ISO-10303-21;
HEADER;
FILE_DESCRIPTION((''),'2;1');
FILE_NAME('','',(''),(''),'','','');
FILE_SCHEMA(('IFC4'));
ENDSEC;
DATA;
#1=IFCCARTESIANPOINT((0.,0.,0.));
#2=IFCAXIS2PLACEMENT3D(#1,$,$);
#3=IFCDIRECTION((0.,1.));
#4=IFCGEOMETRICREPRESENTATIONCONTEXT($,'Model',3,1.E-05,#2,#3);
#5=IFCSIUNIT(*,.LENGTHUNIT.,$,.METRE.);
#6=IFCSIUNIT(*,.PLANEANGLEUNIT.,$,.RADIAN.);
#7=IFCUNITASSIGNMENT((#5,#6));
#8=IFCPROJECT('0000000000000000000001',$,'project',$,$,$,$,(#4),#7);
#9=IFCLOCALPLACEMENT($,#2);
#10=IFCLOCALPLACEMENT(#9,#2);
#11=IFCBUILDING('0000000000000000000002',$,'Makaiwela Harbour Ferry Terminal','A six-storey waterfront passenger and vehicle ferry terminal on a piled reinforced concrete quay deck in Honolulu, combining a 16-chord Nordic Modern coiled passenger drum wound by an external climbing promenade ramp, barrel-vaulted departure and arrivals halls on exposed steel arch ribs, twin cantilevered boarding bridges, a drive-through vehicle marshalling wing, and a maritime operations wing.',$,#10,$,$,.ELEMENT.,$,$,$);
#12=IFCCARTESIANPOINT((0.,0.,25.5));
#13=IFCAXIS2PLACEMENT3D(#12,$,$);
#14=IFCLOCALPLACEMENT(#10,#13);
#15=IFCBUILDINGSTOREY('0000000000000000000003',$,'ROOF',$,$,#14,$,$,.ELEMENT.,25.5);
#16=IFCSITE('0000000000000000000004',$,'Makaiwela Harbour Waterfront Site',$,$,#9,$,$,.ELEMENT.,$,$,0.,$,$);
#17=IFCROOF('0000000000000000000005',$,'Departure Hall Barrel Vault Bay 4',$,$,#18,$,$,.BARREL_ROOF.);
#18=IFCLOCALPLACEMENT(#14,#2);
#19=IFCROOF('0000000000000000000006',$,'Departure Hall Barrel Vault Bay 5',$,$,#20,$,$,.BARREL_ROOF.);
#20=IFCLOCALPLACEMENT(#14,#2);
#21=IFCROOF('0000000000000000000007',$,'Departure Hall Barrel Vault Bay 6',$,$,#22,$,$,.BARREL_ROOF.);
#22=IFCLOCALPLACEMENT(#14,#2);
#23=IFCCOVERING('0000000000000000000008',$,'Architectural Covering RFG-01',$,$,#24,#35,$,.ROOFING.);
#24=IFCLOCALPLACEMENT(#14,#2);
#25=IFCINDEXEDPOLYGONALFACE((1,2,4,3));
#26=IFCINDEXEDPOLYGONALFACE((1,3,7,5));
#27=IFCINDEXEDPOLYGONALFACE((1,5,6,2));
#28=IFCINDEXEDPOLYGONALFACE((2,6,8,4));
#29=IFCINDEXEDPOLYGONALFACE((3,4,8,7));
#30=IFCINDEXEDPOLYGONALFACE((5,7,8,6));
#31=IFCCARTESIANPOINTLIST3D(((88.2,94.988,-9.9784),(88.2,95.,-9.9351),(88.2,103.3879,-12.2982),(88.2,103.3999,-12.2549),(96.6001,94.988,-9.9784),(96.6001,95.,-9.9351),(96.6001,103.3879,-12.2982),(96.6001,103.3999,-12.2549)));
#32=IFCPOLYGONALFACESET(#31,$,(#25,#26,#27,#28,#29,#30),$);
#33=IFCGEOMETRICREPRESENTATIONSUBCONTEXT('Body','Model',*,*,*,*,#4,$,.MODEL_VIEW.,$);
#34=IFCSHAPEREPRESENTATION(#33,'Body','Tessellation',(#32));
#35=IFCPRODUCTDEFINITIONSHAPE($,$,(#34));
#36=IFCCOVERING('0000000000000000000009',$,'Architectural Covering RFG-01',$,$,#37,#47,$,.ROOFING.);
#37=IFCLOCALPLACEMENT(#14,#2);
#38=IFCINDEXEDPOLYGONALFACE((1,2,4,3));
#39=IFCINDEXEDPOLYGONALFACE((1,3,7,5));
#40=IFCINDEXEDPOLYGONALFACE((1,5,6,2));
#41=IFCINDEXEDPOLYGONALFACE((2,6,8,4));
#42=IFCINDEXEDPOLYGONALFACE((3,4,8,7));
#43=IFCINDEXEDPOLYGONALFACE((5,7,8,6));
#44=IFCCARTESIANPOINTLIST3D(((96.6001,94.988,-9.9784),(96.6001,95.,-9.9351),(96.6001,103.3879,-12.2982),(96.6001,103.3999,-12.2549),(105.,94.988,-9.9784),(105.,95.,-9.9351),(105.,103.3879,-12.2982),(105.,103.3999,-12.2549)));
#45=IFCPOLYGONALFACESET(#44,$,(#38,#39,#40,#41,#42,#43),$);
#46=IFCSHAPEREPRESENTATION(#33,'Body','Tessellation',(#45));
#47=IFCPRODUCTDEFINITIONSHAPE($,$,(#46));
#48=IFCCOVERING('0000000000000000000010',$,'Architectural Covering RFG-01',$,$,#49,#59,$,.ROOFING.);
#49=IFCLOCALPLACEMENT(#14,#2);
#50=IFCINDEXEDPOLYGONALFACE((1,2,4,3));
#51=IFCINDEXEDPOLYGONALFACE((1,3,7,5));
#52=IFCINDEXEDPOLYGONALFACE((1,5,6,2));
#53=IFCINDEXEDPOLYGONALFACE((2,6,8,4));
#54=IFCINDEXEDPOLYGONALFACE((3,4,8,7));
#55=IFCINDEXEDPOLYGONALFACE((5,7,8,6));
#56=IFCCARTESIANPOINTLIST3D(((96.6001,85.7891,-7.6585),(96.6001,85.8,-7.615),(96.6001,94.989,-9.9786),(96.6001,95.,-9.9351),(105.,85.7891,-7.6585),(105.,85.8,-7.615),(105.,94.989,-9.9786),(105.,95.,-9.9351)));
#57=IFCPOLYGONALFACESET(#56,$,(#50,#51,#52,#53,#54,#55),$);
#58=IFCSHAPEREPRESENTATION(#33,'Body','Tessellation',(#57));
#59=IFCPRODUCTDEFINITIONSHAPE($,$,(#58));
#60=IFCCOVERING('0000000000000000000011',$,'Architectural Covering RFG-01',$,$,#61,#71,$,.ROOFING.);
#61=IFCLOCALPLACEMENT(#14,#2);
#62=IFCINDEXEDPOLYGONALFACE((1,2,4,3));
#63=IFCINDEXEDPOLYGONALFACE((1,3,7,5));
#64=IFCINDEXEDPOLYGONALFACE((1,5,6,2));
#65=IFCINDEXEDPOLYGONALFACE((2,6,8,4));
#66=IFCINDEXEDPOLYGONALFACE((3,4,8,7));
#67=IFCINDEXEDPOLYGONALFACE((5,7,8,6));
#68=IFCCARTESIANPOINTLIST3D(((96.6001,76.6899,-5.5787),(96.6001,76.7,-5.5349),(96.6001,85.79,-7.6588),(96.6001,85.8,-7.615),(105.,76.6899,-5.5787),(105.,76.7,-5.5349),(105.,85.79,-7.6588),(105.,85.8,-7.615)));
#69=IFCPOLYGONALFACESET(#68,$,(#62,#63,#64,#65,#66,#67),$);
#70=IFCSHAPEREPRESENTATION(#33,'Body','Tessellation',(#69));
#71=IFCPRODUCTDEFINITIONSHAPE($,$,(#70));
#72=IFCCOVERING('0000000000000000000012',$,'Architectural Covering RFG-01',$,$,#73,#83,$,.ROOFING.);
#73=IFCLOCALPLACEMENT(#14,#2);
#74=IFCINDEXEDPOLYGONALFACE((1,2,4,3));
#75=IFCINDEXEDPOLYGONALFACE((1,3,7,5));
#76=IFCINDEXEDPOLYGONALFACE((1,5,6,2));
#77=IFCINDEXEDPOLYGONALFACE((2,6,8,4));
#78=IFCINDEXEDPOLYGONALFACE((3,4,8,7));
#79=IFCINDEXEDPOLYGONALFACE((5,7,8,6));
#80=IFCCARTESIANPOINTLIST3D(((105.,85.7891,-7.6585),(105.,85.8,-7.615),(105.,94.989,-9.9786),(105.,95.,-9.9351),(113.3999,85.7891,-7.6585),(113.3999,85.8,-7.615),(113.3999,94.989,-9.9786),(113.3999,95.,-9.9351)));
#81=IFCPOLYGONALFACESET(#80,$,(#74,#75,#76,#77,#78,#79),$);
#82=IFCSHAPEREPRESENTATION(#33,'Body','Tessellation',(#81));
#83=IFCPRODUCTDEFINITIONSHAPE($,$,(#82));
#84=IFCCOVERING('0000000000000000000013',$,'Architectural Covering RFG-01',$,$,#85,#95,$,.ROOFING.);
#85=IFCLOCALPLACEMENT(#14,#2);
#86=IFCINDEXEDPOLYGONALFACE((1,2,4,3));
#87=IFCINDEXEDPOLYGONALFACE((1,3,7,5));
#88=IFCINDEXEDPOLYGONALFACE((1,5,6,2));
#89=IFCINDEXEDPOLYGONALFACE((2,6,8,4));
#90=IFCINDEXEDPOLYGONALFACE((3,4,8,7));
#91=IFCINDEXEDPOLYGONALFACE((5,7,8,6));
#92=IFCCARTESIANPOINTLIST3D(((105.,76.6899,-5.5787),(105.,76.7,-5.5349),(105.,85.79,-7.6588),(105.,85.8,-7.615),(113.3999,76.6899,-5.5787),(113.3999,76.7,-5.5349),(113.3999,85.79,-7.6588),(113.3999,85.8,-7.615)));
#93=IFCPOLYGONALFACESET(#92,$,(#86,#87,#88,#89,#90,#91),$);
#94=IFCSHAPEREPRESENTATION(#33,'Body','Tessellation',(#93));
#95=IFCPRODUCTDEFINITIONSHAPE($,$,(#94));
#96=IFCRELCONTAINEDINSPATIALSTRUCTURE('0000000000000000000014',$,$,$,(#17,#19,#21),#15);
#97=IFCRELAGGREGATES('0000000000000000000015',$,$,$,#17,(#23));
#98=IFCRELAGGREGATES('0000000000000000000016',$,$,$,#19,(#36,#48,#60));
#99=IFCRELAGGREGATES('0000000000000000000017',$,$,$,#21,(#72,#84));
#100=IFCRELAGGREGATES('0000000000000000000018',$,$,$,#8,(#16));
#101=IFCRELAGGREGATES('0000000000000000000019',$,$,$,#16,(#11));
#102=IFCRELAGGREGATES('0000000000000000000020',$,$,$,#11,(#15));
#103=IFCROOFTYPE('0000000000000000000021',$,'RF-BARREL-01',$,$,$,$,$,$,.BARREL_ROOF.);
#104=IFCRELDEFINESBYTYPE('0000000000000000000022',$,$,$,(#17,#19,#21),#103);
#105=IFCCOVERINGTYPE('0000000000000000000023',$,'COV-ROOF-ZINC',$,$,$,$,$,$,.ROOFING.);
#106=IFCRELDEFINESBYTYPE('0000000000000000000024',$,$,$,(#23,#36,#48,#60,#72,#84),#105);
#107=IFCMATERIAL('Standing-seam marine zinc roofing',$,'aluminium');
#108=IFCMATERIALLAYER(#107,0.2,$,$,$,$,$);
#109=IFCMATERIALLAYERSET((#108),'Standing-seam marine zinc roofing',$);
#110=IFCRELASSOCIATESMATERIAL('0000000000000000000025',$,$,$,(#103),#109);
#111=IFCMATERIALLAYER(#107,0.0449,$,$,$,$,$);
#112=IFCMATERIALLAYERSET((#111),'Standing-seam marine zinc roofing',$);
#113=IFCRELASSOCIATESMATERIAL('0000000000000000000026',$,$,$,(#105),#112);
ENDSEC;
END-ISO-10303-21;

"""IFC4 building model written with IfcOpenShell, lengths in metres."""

from ifc_helpers import new_model, si_unit, direction, frame, origin, place, context, subcontext, project, spatial, polyline, outline, extrude, material, layer, layer_set, type_object, element, aggregate, save


model = new_model("IFC4")

# Units and contexts
model_context = context("Model", 3, precision=1e-05, world=origin(), true_north=direction((0.0, 1.0)))
body_context = subcontext(model_context, "Body", "Model", "MODEL_VIEW")
ifc_project = project(units=[si_unit("LENGTHUNIT", "METRE"), si_unit("PLANEANGLEUNIT", "RADIAN")], contexts=[model_context])

# Site, building, storey
site_placement = place(None, origin())
site = spatial("IfcSite", under=ifc_project, at=site_placement, Name="Makaiwela Harbour Waterfront Site", CompositionType="ELEMENT", RefElevation=0.0)
building_placement = place(site_placement, origin())
building = spatial("IfcBuilding", under=site, at=building_placement, Name="Makaiwela Harbour Ferry Terminal", Description="A six-storey waterfront passenger and vehicle ferry terminal on a piled reinforced concrete quay deck in Honolulu, combining a 16-chord Nordic Modern coiled passenger drum wound by an external climbing promenade ramp, barrel-vaulted departure and arrivals halls on exposed steel arch ribs, twin cantilevered boarding bridges, a drive-through vehicle marshalling wing, and a maritime operations wing.", CompositionType="ELEMENT")
storey_placement = place(building_placement, frame((0.0, 0.0, 25.5)))
storey = spatial("IfcBuildingStorey", under=building, at=storey_placement, Name="ROOF", CompositionType="ELEMENT", Elevation=25.5)

# Roof
ifc_material_1 = material(Name="Standing-seam marine zinc roofing", Category="aluminium")
ifc_layer_1 = layer(ifc_material_1, 0.2)
ifc_layer_set_1 = layer_set([ifc_layer_1], Name="Standing-seam marine zinc roofing")
roof_type = type_object("IfcRoofType", Name="RF-BARREL-01", PredefinedType="BARREL_ROOF", material=ifc_layer_set_1)
roof_1_placement = place(storey_placement, origin())
roof_1 = element("IfcRoof", 1, at=roof_1_placement, inside=storey, type_object=roof_type, Name="Departure Hall Barrel Vault Bay 4", PredefinedType="BARREL_ROOF")

# Roofs
roof_2_placement = place(storey_placement, origin())
roof_2 = element("IfcRoof", 2, at=roof_2_placement, inside=storey, type_object=roof_type, Name="Departure Hall Barrel Vault Bay 5", PredefinedType="BARREL_ROOF")
roof_3_placement = place(storey_placement, origin())
roof_3 = element("IfcRoof", 3, at=roof_3_placement, inside=storey, type_object=roof_type, Name="Departure Hall Barrel Vault Bay 6", PredefinedType="BARREL_ROOF")

# Coverings
ifc_layer_2 = layer(ifc_material_1, 0.0449)
ifc_layer_set_2 = layer_set([ifc_layer_2], Name="Standing-seam marine zinc roofing")
covering_type = type_object("IfcCoveringType", Name="COV-ROOF-ZINC", PredefinedType="ROOFING", material=ifc_layer_set_2)
covering_1_placement = place(storey_placement, frame((88.2, 95.0, -9.9351), z_axis=(0.0, 0.266207, 0.963916), x_axis=(1.0, 0.0, 0.0)))
covering_1 = element("IfcCovering", 4, at=covering_1_placement, type_object=covering_type, Name="Architectural Covering RFG-01", PredefinedType="ROOFING", context=body_context, shape_type="SweptSolid", body=[
    extrude(outline(polyline([(0.0, 0.0), (8.4001, 0.0), (8.4001, 8.7144), (0.0, 8.7144), (0.0, 0.0)])), origin(), (0.0, 0.0, -1.0), 0.0449),
])
aggregate(roof_1, [covering_1])
covering_2_placement = place(storey_placement, frame((96.6001, 95.0, -9.9351), z_axis=(0.0, 0.266207, 0.963916), x_axis=(1.0, 0.0, 0.0)))
covering_2 = element("IfcCovering", 5, at=covering_2_placement, type_object=covering_type, Name="Architectural Covering RFG-01", PredefinedType="ROOFING", context=body_context, shape_type="SweptSolid", body=[
    extrude(outline(polyline([(0.0, 0.0), (8.3999, 0.0), (8.3999, 8.7144), (0.0, 8.7144), (0.0, 0.0)])), origin(), (0.0, 0.0, -1.0), 0.0449),
])
covering_3_placement = place(storey_placement, frame((96.6001, 85.8, -7.615), z_axis=(0.0, 0.244527, 0.969642), x_axis=(1.0, 0.0, 0.0)))
covering_3 = element("IfcCovering", 6, at=covering_3_placement, type_object=covering_type, Name="Architectural Covering RFG-01", PredefinedType="ROOFING", context=body_context, shape_type="SweptSolid", body=[
    extrude(outline(polyline([(0.0, 0.0), (8.3999, 0.0), (8.3999, 9.488), (0.0, 9.488), (0.0, 0.0)])), origin(), (0.0, 0.0, -1.0), 0.0449),
])
covering_4_placement = place(storey_placement, frame((96.6001, 76.7, -5.5349), z_axis=(0.0, 0.22283, 0.974857), x_axis=(1.0, 0.0, 0.0)))
covering_4 = element("IfcCovering", 7, at=covering_4_placement, type_object=covering_type, Name="Architectural Covering RFG-01", PredefinedType="ROOFING", context=body_context, shape_type="SweptSolid", body=[
    extrude(outline(polyline([(0.0, 0.0), (8.3999, 0.0), (8.3999, 9.3348), (0.0, 9.3348), (0.0, 0.0)])), origin(), (0.0, 0.0, -1.0), 0.0449),
])
aggregate(roof_2, [covering_2, covering_3, covering_4])
covering_5_placement = place(storey_placement, frame((105.0, 85.8, -7.615), z_axis=(0.0, 0.244527, 0.969642), x_axis=(1.0, 0.0, 0.0)))
covering_5 = element("IfcCovering", 8, at=covering_5_placement, type_object=covering_type, Name="Architectural Covering RFG-01", PredefinedType="ROOFING", context=body_context, shape_type="SweptSolid", body=[
    extrude(outline(polyline([(0.0, 0.0), (8.3999, 0.0), (8.3999, 9.488), (0.0, 9.488), (0.0, 0.0)])), origin(), (0.0, 0.0, -1.0), 0.0449),
])
covering_6_placement = place(storey_placement, frame((105.0, 76.7, -5.5349), z_axis=(0.0, 0.22283, 0.974857), x_axis=(1.0, 0.0, 0.0)))
covering_6 = element("IfcCovering", 9, at=covering_6_placement, type_object=covering_type, Name="Architectural Covering RFG-01", PredefinedType="ROOFING", context=body_context, shape_type="SweptSolid", body=[
    extrude(outline(polyline([(0.0, 0.0), (8.3999, 0.0), (8.3999, 9.3348), (0.0, 9.3348), (0.0, 0.0)])), origin(), (0.0, 0.0, -1.0), 0.0449),
])
aggregate(roof_3, [covering_5, covering_6])

save(model, "model.ifc")
